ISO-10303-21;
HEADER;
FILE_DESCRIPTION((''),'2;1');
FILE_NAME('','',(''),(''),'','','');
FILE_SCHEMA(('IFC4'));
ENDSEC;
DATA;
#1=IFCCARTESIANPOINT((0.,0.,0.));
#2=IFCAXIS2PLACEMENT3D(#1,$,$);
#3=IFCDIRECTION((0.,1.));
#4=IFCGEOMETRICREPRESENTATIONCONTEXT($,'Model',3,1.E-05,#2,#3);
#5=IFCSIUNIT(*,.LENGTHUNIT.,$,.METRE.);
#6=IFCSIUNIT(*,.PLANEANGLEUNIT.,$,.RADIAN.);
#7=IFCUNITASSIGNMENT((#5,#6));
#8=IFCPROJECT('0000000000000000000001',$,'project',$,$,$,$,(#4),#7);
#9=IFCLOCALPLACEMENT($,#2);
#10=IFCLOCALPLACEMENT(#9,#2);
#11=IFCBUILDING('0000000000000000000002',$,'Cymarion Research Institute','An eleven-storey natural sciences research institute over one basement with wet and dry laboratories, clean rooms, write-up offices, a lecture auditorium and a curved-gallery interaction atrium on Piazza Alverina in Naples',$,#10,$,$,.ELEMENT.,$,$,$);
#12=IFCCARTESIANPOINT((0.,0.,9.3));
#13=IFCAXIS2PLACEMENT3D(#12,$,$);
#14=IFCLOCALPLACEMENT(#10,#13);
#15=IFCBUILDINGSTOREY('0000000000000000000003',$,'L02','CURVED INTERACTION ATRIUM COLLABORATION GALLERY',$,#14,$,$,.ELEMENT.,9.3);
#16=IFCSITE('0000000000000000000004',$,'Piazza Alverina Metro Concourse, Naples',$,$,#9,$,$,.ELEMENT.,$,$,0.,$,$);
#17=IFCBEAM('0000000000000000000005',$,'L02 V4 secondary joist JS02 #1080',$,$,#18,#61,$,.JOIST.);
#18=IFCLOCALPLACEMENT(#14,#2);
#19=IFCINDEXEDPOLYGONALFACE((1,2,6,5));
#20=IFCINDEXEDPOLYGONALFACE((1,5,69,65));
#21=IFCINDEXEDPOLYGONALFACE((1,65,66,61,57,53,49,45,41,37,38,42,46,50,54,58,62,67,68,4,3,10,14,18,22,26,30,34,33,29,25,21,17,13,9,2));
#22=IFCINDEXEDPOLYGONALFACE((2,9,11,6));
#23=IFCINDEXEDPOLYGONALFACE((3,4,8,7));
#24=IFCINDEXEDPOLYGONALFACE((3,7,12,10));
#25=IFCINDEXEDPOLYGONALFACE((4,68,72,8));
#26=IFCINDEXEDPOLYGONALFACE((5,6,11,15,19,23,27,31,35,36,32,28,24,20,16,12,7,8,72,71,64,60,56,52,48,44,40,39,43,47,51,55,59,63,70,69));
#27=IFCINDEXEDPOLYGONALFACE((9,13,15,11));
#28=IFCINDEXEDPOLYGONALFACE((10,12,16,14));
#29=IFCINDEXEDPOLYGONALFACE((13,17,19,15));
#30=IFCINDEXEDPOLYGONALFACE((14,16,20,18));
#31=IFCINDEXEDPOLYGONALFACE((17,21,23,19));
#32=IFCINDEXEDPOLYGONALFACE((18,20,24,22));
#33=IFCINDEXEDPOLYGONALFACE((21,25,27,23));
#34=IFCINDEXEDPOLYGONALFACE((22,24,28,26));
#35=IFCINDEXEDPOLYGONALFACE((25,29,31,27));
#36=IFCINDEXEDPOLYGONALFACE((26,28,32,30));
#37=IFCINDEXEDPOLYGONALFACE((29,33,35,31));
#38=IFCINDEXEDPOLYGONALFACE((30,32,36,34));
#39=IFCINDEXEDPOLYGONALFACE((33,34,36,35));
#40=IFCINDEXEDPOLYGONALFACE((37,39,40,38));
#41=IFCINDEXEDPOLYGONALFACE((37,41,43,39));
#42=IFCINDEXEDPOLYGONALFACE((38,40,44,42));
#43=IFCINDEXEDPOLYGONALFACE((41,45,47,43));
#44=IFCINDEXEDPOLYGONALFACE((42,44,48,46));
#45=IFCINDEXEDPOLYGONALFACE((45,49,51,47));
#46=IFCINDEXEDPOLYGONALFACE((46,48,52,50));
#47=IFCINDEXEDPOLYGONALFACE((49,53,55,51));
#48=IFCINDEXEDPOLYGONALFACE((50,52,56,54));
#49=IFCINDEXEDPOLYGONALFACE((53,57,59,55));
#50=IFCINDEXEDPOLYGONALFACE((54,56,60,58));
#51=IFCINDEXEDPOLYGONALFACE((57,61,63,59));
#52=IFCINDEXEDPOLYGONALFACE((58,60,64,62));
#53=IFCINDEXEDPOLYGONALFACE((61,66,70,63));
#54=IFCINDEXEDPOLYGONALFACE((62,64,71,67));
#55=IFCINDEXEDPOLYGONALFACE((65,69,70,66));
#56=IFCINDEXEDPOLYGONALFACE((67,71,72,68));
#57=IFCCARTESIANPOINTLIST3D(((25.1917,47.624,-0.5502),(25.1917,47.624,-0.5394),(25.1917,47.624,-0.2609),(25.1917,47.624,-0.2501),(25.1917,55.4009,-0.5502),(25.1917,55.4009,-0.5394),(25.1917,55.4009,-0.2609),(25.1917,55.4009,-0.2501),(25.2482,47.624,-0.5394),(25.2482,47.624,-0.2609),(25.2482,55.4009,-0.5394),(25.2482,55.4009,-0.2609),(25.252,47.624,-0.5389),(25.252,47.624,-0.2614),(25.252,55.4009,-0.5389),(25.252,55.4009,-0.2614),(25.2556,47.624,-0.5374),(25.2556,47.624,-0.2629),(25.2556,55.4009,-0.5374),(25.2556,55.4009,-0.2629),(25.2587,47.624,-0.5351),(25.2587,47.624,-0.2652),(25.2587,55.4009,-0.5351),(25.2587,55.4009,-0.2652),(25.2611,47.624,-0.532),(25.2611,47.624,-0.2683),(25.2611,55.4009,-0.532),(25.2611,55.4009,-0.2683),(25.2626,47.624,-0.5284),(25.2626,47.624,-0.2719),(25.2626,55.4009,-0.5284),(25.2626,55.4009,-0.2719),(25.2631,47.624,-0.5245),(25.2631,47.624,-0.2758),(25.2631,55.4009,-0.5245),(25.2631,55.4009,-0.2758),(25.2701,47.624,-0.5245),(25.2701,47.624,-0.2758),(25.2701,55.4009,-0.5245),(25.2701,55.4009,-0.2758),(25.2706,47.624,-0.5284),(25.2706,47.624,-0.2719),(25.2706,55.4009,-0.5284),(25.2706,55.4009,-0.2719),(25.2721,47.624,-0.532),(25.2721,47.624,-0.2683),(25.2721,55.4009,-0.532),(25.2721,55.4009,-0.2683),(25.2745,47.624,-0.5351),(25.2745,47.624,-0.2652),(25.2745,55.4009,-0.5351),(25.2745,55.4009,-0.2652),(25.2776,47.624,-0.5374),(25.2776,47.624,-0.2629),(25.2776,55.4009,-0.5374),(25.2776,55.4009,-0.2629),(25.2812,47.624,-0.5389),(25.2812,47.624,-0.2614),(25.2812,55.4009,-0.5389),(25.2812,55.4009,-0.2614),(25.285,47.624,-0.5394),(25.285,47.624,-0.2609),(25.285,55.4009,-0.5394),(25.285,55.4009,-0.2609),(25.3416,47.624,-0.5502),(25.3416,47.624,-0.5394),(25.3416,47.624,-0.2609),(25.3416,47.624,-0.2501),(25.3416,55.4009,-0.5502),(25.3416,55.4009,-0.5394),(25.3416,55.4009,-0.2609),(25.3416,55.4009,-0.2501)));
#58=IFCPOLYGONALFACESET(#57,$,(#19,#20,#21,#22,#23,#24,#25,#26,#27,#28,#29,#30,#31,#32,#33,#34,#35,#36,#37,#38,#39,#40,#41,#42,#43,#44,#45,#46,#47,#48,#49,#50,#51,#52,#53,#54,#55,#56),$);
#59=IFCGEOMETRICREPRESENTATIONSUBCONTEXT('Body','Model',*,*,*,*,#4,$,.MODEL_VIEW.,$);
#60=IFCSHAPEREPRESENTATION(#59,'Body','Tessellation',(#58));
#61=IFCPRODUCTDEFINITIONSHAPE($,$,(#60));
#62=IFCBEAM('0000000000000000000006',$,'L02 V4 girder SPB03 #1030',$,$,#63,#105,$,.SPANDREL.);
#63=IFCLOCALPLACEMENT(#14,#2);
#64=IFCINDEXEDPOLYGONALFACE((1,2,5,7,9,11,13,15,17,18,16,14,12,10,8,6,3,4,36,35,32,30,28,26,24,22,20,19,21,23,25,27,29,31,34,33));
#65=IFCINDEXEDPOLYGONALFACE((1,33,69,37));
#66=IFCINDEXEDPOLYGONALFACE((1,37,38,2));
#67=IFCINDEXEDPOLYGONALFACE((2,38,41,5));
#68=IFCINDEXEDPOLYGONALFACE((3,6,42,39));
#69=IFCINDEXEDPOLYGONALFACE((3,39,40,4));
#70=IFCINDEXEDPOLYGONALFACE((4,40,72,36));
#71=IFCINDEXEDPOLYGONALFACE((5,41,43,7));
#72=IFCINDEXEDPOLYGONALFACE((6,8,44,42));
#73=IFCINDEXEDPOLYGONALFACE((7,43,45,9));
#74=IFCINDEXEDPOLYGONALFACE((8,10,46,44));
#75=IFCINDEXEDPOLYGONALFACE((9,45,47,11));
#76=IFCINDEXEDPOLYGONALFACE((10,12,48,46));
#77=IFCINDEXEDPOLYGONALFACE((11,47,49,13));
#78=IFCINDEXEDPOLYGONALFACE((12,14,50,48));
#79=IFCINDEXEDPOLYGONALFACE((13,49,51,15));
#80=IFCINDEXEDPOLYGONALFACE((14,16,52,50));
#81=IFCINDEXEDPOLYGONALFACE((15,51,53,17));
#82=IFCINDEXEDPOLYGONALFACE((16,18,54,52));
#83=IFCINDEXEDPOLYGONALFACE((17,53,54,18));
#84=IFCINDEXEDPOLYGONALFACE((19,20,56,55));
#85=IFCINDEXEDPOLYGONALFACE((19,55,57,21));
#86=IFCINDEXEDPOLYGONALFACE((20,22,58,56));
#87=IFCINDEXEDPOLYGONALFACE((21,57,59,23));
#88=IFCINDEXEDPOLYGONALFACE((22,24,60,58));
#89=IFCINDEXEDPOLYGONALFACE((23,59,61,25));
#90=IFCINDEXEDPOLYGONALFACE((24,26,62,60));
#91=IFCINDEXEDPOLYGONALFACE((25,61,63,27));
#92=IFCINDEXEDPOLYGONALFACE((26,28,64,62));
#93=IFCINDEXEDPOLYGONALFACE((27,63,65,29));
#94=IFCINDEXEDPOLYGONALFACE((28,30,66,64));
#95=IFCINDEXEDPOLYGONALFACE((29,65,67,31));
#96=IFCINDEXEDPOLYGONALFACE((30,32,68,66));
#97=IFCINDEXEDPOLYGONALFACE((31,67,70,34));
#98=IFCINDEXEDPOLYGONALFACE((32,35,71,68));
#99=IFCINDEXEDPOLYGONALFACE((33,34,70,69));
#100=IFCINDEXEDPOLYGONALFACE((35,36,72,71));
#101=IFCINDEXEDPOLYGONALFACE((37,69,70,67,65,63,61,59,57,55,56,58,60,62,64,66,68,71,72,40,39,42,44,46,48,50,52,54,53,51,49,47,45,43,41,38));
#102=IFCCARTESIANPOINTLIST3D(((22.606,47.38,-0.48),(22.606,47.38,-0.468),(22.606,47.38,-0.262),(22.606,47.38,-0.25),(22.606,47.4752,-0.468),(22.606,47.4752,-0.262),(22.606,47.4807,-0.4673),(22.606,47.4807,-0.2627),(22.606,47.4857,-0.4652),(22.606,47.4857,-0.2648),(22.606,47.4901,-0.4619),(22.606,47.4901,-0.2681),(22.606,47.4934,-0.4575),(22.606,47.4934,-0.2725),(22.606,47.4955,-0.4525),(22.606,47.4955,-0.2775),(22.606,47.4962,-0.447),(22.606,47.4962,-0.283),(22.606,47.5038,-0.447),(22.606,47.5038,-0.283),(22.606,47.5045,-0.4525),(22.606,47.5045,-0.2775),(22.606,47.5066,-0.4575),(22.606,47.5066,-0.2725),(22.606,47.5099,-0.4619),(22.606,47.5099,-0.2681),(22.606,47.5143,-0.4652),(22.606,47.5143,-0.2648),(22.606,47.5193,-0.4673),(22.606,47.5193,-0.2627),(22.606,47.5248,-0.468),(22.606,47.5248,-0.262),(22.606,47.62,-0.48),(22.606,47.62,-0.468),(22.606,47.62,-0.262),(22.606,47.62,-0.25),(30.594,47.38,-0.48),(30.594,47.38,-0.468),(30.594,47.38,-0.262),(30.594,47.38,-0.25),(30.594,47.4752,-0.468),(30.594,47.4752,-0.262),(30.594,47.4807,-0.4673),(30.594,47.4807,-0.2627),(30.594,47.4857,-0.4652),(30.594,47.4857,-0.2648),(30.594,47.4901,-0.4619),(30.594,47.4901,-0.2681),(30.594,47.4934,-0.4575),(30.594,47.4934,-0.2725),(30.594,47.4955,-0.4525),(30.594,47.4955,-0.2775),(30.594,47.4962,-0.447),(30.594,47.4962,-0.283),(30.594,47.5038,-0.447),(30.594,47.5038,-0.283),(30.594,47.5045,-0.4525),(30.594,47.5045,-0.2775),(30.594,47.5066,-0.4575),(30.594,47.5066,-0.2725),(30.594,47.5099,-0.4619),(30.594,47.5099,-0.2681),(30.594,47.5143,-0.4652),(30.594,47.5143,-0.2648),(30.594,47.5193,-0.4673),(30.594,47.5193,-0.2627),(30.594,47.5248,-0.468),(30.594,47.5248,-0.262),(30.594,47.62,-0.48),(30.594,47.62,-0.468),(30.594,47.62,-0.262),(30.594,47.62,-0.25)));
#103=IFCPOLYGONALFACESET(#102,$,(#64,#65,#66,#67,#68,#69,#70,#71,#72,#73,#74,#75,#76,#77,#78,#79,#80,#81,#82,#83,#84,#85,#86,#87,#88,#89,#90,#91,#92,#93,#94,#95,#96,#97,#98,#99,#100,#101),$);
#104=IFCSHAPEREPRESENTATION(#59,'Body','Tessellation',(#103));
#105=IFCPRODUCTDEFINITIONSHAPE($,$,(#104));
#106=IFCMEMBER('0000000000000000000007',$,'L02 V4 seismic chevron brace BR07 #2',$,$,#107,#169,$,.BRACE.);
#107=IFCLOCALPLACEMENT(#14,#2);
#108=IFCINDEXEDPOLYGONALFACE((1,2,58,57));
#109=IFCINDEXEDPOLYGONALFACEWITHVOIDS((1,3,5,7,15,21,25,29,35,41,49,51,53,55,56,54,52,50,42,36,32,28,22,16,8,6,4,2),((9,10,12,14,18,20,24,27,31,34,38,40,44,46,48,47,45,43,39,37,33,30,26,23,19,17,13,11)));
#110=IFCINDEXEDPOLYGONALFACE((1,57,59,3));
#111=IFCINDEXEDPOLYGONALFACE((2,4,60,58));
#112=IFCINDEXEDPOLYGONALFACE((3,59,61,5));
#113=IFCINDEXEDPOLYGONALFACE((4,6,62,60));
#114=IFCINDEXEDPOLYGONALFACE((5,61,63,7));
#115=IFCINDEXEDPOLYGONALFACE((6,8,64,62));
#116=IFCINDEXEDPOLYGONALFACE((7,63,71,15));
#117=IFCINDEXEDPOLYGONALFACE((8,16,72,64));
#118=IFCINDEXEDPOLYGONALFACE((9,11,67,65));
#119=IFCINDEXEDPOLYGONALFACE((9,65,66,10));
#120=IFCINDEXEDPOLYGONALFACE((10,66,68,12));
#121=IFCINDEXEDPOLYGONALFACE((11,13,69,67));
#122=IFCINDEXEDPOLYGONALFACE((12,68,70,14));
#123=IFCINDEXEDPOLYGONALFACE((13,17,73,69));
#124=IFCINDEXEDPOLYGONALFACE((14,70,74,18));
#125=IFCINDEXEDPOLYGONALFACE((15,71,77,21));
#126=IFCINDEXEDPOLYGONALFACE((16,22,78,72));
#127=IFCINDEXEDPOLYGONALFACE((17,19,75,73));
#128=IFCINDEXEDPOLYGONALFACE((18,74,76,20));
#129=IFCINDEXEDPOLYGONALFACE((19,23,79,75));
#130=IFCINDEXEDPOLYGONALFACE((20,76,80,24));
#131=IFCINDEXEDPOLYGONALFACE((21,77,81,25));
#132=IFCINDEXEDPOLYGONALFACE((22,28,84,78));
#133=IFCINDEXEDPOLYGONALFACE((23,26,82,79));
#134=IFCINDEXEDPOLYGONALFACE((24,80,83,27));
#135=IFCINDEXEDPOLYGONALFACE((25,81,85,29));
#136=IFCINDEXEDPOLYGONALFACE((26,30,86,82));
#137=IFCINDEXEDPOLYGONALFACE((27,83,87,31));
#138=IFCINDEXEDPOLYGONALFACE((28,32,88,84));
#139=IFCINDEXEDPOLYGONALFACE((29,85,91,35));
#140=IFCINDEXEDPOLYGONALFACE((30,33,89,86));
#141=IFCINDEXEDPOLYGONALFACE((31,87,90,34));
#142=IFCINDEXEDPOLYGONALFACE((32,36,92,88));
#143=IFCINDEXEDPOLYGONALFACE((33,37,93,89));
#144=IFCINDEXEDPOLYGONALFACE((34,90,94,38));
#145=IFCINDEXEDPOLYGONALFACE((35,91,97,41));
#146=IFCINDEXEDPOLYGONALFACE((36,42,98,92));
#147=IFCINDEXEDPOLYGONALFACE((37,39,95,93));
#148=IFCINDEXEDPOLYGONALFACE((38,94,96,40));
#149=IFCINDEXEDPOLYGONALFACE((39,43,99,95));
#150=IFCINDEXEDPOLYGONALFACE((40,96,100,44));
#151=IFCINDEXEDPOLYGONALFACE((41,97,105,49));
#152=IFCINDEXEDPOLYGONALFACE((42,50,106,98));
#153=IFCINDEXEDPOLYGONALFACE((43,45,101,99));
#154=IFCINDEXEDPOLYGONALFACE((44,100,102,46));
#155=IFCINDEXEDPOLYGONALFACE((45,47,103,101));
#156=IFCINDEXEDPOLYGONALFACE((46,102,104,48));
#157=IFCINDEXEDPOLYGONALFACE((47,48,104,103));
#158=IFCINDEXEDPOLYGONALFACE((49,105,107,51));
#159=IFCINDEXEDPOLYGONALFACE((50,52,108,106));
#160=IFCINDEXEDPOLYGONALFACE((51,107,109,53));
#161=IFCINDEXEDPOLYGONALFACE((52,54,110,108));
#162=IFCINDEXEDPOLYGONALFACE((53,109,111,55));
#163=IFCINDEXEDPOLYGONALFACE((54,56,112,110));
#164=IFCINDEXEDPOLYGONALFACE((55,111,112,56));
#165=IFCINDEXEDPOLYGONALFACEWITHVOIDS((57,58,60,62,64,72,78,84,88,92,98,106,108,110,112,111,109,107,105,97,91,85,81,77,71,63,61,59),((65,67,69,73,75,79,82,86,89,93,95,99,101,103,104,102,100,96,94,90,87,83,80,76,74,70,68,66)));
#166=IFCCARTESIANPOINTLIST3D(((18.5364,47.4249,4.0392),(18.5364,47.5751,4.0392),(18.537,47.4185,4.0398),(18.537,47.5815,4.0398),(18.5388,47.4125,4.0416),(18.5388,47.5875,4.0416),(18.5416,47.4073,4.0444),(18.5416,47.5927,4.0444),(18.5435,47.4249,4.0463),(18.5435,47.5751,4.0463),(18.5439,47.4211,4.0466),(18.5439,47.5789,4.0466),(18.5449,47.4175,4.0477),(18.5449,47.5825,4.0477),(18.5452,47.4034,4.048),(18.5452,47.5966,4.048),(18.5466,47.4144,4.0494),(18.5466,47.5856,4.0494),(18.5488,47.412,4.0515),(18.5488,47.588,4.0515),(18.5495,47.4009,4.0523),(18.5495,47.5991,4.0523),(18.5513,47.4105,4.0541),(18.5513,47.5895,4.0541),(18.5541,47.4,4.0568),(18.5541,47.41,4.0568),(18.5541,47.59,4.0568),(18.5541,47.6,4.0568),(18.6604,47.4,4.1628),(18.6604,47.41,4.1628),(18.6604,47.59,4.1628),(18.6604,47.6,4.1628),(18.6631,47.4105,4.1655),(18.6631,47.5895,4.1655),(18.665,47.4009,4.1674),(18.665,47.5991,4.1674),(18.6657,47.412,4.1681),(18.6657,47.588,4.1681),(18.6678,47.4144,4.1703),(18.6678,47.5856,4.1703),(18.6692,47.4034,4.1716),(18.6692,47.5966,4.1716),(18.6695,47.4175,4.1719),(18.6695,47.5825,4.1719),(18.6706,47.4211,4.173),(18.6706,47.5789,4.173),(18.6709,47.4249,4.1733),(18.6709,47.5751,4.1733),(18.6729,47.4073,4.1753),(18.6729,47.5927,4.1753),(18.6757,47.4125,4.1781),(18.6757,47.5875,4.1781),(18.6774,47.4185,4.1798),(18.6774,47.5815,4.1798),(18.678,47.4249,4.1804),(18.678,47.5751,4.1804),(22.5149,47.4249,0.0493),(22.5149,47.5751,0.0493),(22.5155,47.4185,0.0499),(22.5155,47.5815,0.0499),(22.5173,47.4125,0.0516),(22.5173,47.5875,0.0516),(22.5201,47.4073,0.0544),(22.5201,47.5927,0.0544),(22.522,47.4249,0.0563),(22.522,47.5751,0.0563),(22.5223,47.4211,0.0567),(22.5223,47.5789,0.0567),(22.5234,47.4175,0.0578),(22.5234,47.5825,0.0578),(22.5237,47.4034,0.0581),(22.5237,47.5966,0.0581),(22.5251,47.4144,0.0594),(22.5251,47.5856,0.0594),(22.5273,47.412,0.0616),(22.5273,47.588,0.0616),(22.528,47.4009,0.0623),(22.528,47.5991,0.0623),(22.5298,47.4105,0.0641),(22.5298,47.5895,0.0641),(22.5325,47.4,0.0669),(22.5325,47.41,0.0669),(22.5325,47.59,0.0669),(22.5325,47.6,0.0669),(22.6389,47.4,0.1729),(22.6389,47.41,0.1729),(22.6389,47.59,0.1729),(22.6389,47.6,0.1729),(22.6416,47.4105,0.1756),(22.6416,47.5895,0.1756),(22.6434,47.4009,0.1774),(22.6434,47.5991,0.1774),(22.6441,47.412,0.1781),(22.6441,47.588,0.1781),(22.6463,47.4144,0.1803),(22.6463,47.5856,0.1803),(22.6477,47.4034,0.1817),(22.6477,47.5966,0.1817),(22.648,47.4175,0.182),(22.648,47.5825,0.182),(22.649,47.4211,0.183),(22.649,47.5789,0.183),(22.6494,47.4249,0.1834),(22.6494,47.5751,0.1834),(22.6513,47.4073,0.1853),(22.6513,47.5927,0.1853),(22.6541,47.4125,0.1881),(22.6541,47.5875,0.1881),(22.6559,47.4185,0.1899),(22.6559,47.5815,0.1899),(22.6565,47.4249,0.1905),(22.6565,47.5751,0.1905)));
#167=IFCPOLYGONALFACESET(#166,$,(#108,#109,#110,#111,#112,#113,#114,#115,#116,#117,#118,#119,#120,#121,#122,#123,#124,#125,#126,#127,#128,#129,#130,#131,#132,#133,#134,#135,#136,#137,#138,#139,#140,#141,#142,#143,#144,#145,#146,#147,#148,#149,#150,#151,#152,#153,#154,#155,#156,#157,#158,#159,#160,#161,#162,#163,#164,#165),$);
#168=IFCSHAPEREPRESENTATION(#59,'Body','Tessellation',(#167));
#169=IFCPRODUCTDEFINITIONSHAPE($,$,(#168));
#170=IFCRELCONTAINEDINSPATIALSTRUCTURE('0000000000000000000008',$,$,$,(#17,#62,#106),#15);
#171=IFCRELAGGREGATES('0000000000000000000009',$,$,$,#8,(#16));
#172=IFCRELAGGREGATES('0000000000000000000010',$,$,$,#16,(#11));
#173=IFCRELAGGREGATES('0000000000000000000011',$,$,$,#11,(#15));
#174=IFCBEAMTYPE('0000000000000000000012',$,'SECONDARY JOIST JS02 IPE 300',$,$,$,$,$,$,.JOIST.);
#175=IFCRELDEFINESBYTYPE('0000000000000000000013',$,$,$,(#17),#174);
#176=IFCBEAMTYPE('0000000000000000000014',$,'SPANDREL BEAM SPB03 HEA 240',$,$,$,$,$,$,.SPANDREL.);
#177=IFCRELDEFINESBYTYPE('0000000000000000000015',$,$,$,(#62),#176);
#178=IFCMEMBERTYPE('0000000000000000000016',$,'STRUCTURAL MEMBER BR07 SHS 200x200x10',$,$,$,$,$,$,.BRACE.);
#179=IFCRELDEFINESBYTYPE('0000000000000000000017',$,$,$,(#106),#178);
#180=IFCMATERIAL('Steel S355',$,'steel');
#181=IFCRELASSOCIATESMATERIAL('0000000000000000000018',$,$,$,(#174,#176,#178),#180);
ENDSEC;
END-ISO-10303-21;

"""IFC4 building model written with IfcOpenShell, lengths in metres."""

from ifc_helpers import new_model, si_unit, direction, frame, origin, origin_2d, place, context, subcontext, project, spatial, hollow_rectangle, i_section, extrude, material, material_profile, profile_set, type_object, element, save


model = new_model("IFC4")

# Units and contexts
model_context = context("Model", 3, precision=1e-05, world=origin(), true_north=direction((0.0, 1.0)))
body_context = subcontext(model_context, "Body", "Model", "MODEL_VIEW")
ifc_project = project(units=[si_unit("LENGTHUNIT", "METRE"), si_unit("PLANEANGLEUNIT", "RADIAN")], contexts=[model_context])

# Site, building, storey
site_placement = place(None, origin())
site = spatial("IfcSite", under=ifc_project, at=site_placement, Name="Piazza Alverina Metro Concourse, Naples", CompositionType="ELEMENT", RefElevation=0.0)
building_placement = place(site_placement, origin())
building = spatial("IfcBuilding", under=site, at=building_placement, Name="Cymarion Research Institute", Description="An eleven-storey natural sciences research institute over one basement with wet and dry laboratories, clean rooms, write-up offices, a lecture auditorium and a curved-gallery interaction atrium on Piazza Alverina in Naples", CompositionType="ELEMENT")
storey_placement = place(building_placement, frame((0.0, 0.0, 9.3)))
storey = spatial("IfcBuildingStorey", under=building, at=storey_placement, Name="L02", Description="CURVED INTERACTION ATRIUM COLLABORATION GALLERY", CompositionType="ELEMENT", Elevation=9.3)

# Shared definitions
ifc_material_1 = material(Name="Steel S355", Category="steel")

# Beams
ifc_material_profile_1 = material_profile(ifc_material_1, i_section(OverallWidth=0.1499, OverallDepth=0.3, WebThickness=0.0071, FlangeThickness=0.0107, FilletRadius=0.0149, at=origin_2d()), Name="IPE 300")
ifc_profile_set_1 = profile_set([ifc_material_profile_1], Name="Steel S355")
beam_type_1 = type_object("IfcBeamType", Name="SECONDARY JOIST JS02 IPE 300", PredefinedType="JOIST", material=ifc_profile_set_1)
for number, where, z_axis, x_axis, name in (
    (1, (25.2666, 47.624, -0.4001), (0.0, 1.0, 0.0), (-1.0, 0.0, 0.0), "L02 V4 secondary joist JS02 #1080"),
):
    element("IfcBeam", number, at=place(storey_placement, frame(where, z_axis=z_axis, x_axis=x_axis)), inside=storey, type_object=beam_type_1, Name=name, PredefinedType="JOIST", context=body_context, shape_type="SweptSolid", body=[
        extrude(i_section(OverallWidth=0.1499, OverallDepth=0.3, WebThickness=0.0071, FlangeThickness=0.0107, FilletRadius=0.0149, at=origin_2d()), origin(), (0.0, 0.0, 1.0), 7.7769),
    ])
ifc_material_profile_2 = material_profile(ifc_material_1, i_section(OverallWidth=0.24, OverallDepth=0.23, WebThickness=0.0076, FlangeThickness=0.012, FilletRadius=0.021, at=origin_2d()), Name="HEA 240")
ifc_profile_set_2 = profile_set([ifc_material_profile_2], Name="Steel S355")
beam_type_2 = type_object("IfcBeamType", Name="SPANDREL BEAM SPB03 HEA 240", PredefinedType="SPANDREL", material=ifc_profile_set_2)
beam_1_placement = place(storey_placement, frame((22.606, 47.5, -0.365), z_axis=(1.0, 0.0, 0.0), x_axis=(0.0, 1.0, 0.0)))
element("IfcBeam", 2, at=beam_1_placement, inside=storey, type_object=beam_type_2, Name="L02 V4 girder SPB03 #1030", PredefinedType="SPANDREL", context=body_context, shape_type="SweptSolid", body=[
    extrude(i_section(OverallWidth=0.24, OverallDepth=0.23, WebThickness=0.0076, FlangeThickness=0.012, FilletRadius=0.021, at=origin_2d()), origin(), (0.0, 0.0, 1.0), 7.988),
])

# Member
ifc_material_profile_3 = material_profile(ifc_material_1, hollow_rectangle(XDim=0.2, YDim=0.2, WallThickness=0.01, InnerFilletRadius=0.0149, OuterFilletRadius=0.0249, at=origin_2d()), Name="SHS 200x200x10")
ifc_profile_set_3 = profile_set([ifc_material_profile_3], Name="Steel S355")
member_type_1 = type_object("IfcMemberType", Name="STRUCTURAL MEMBER BR07 SHS 200x200x10", PredefinedType="BRACE", material=ifc_profile_set_3)
member_1_placement = place(storey_placement, frame((22.5857, 47.5, 0.1199), z_axis=(-0.706088, 0.0, 0.708124), x_axis=(0.0, -1.0, 0.0)))
element("IfcMember", 3, at=member_1_placement, inside=storey, type_object=member_type_1, Name="L02 V4 seismic chevron brace BR07 #2", PredefinedType="BRACE", context=body_context, shape_type="SweptSolid", body=[
    extrude(hollow_rectangle(XDim=0.2, YDim=0.2, WallThickness=0.01, InnerFilletRadius=0.0149, OuterFilletRadius=0.0249, at=origin_2d()), origin(), (0.0, 0.0, 1.0), 5.6345),
])

save(model, "model.ifc")
